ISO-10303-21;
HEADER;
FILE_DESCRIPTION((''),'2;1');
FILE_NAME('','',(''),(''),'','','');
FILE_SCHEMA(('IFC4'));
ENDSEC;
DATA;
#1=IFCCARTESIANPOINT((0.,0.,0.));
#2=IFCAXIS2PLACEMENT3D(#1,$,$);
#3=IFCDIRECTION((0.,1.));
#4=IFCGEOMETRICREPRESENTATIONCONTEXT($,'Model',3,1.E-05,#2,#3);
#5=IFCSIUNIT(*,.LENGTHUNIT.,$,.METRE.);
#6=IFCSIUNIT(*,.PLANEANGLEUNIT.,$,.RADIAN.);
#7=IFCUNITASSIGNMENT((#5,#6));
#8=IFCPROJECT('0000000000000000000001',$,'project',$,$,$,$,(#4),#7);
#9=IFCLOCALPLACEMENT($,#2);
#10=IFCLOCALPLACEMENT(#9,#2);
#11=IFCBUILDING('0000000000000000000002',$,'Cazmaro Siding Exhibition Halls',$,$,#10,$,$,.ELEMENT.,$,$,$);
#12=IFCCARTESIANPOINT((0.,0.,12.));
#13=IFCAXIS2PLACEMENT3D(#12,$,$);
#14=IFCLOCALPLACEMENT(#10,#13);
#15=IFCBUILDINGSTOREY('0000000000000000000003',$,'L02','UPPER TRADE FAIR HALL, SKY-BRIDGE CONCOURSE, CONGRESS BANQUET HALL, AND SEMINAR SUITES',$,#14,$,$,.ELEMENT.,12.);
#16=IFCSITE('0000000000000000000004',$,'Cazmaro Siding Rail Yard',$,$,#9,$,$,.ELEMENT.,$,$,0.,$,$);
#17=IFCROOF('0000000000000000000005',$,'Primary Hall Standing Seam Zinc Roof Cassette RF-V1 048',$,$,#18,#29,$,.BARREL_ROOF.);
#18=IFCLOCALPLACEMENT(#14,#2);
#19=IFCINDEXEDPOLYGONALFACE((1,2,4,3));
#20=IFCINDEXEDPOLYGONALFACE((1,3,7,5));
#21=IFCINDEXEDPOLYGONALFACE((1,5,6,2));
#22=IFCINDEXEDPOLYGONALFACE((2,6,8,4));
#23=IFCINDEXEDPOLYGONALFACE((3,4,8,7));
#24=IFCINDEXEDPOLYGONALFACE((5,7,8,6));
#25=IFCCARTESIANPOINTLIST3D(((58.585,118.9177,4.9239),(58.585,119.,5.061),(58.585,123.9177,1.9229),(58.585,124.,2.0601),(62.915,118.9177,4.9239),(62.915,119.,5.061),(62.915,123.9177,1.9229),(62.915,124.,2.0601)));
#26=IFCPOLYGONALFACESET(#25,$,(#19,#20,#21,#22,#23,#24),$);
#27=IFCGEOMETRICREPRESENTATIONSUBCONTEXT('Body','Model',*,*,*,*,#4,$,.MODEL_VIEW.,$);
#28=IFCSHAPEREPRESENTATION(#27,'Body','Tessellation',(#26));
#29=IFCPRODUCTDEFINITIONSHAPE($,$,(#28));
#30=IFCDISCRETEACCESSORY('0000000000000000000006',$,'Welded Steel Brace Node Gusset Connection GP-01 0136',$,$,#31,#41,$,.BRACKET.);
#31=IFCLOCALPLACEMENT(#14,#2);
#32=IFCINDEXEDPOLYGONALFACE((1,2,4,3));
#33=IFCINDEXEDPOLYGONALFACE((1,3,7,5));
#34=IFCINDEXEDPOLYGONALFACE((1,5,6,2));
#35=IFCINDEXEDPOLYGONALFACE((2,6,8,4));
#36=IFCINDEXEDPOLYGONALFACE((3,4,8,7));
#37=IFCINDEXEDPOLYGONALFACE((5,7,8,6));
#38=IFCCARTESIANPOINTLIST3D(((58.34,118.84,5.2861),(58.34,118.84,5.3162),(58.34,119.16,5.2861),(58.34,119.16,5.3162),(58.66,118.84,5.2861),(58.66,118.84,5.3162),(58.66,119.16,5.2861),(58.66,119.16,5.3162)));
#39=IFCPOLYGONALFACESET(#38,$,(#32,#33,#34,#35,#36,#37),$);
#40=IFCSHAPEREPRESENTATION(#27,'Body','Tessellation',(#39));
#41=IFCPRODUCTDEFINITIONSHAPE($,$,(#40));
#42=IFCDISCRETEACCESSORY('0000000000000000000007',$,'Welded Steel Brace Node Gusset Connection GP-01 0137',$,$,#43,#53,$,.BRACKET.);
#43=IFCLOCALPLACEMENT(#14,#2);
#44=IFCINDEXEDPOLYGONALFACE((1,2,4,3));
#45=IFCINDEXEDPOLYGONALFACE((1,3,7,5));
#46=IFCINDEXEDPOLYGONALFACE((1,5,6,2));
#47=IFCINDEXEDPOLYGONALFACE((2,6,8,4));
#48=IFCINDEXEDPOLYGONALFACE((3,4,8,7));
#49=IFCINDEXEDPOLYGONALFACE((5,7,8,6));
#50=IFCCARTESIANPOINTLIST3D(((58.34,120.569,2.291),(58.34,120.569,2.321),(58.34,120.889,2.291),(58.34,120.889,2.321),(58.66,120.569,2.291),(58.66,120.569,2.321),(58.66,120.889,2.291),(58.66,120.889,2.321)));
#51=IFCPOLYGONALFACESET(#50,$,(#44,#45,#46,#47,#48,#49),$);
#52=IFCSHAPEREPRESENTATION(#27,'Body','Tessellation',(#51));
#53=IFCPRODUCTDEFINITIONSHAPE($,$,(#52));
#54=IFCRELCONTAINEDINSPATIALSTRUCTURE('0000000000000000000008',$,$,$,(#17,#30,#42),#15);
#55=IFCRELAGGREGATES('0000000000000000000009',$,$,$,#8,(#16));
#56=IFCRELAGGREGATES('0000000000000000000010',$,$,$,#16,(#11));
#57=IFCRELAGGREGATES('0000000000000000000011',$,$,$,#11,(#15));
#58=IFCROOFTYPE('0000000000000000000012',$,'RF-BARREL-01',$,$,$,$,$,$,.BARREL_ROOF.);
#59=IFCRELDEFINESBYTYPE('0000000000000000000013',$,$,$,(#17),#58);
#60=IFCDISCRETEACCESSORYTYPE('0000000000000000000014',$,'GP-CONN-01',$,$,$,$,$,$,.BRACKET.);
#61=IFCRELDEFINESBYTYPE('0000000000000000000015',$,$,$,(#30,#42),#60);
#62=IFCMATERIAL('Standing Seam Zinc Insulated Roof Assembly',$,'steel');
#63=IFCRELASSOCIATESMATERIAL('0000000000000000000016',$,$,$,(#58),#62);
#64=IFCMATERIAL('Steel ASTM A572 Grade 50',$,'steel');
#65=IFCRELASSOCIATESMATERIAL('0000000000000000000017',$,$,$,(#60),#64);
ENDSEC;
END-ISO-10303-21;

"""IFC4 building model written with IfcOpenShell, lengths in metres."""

from ifc_helpers import new_model, si_unit, direction, frame, origin, origin_2d, place, context, subcontext, project, spatial, polyline, rectangle, outline, extrude, material, type_object, element, save


model = new_model("IFC4")

# Units and contexts
model_context = context("Model", 3, precision=1e-05, world=origin(), true_north=direction((0.0, 1.0)))
body_context = subcontext(model_context, "Body", "Model", "MODEL_VIEW")
ifc_project = project(units=[si_unit("LENGTHUNIT", "METRE"), si_unit("PLANEANGLEUNIT", "RADIAN")], contexts=[model_context])

# Site, building, storey
site_placement = place(None, origin())
site = spatial("IfcSite", under=ifc_project, at=site_placement, Name="Cazmaro Siding Rail Yard", CompositionType="ELEMENT", RefElevation=0.0)
building_placement = place(site_placement, origin())
building = spatial("IfcBuilding", under=site, at=building_placement, Name="Cazmaro Siding Exhibition Halls", CompositionType="ELEMENT")
storey_placement = place(building_placement, frame((0.0, 0.0, 12.0)))
storey = spatial("IfcBuildingStorey", under=building, at=storey_placement, Name="L02", Description="UPPER TRADE FAIR HALL, SKY-BRIDGE CONCOURSE, CONGRESS BANQUET HALL, AND SEMINAR SUITES", CompositionType="ELEMENT", Elevation=12.0)

# Roof
ifc_material_1 = material(Name="Standing Seam Zinc Insulated Roof Assembly", Category="steel")
roof_type = type_object("IfcRoofType", Name="RF-BARREL-01", PredefinedType="BARREL_ROOF", material=ifc_material_1)
roof_placement = place(storey_placement, frame((58.585, 119.0, 5.061), z_axis=(0.0, 0.514619, 0.857419), x_axis=(1.0, 0.0, 0.0)))
element("IfcRoof", 1, at=roof_placement, inside=storey, type_object=roof_type, Name="Primary Hall Standing Seam Zinc Roof Cassette RF-V1 048", PredefinedType="BARREL_ROOF", context=body_context, shape_type="SweptSolid", body=[
    extrude(outline(polyline([(0.0, 0.0), (4.3301, 0.0), (4.3301, 5.8315), (0.0, 5.8315), (0.0, 0.0)])), origin(), (0.0, 0.0, -1.0), 0.1599),
])

# Discrete accessories
ifc_material_2 = material(Name="Steel ASTM A572 Grade 50", Category="steel")
discrete_accessory_type = type_object("IfcDiscreteAccessoryType", Name="GP-CONN-01", PredefinedType="BRACKET", material=ifc_material_2)
for number, where, z_axis, x_axis, name in (
    (2, (58.5, 119.0, 5.2861), (0.0, 0.0, 1.0), (1.0, 0.0, 0.0), "Welded Steel Brace Node Gusset Connection GP-01 0136"),
    (3, (58.5, 120.729, 2.291), (0.0, 0.0, 1.0), (1.0, 0.0, 0.0), "Welded Steel Brace Node Gusset Connection GP-01 0137"),
):
    element("IfcDiscreteAccessory", number, at=place(storey_placement, frame(where, z_axis=z_axis, x_axis=x_axis)), inside=storey, type_object=discrete_accessory_type, Name=name, PredefinedType="BRACKET", context=body_context, shape_type="SweptSolid", body=[
        extrude(rectangle(XDim=0.3201, YDim=0.3201, at=origin_2d()), origin(), (0.0, 0.0, 1.0), 0.03),
    ])

save(model, "model.ifc")
